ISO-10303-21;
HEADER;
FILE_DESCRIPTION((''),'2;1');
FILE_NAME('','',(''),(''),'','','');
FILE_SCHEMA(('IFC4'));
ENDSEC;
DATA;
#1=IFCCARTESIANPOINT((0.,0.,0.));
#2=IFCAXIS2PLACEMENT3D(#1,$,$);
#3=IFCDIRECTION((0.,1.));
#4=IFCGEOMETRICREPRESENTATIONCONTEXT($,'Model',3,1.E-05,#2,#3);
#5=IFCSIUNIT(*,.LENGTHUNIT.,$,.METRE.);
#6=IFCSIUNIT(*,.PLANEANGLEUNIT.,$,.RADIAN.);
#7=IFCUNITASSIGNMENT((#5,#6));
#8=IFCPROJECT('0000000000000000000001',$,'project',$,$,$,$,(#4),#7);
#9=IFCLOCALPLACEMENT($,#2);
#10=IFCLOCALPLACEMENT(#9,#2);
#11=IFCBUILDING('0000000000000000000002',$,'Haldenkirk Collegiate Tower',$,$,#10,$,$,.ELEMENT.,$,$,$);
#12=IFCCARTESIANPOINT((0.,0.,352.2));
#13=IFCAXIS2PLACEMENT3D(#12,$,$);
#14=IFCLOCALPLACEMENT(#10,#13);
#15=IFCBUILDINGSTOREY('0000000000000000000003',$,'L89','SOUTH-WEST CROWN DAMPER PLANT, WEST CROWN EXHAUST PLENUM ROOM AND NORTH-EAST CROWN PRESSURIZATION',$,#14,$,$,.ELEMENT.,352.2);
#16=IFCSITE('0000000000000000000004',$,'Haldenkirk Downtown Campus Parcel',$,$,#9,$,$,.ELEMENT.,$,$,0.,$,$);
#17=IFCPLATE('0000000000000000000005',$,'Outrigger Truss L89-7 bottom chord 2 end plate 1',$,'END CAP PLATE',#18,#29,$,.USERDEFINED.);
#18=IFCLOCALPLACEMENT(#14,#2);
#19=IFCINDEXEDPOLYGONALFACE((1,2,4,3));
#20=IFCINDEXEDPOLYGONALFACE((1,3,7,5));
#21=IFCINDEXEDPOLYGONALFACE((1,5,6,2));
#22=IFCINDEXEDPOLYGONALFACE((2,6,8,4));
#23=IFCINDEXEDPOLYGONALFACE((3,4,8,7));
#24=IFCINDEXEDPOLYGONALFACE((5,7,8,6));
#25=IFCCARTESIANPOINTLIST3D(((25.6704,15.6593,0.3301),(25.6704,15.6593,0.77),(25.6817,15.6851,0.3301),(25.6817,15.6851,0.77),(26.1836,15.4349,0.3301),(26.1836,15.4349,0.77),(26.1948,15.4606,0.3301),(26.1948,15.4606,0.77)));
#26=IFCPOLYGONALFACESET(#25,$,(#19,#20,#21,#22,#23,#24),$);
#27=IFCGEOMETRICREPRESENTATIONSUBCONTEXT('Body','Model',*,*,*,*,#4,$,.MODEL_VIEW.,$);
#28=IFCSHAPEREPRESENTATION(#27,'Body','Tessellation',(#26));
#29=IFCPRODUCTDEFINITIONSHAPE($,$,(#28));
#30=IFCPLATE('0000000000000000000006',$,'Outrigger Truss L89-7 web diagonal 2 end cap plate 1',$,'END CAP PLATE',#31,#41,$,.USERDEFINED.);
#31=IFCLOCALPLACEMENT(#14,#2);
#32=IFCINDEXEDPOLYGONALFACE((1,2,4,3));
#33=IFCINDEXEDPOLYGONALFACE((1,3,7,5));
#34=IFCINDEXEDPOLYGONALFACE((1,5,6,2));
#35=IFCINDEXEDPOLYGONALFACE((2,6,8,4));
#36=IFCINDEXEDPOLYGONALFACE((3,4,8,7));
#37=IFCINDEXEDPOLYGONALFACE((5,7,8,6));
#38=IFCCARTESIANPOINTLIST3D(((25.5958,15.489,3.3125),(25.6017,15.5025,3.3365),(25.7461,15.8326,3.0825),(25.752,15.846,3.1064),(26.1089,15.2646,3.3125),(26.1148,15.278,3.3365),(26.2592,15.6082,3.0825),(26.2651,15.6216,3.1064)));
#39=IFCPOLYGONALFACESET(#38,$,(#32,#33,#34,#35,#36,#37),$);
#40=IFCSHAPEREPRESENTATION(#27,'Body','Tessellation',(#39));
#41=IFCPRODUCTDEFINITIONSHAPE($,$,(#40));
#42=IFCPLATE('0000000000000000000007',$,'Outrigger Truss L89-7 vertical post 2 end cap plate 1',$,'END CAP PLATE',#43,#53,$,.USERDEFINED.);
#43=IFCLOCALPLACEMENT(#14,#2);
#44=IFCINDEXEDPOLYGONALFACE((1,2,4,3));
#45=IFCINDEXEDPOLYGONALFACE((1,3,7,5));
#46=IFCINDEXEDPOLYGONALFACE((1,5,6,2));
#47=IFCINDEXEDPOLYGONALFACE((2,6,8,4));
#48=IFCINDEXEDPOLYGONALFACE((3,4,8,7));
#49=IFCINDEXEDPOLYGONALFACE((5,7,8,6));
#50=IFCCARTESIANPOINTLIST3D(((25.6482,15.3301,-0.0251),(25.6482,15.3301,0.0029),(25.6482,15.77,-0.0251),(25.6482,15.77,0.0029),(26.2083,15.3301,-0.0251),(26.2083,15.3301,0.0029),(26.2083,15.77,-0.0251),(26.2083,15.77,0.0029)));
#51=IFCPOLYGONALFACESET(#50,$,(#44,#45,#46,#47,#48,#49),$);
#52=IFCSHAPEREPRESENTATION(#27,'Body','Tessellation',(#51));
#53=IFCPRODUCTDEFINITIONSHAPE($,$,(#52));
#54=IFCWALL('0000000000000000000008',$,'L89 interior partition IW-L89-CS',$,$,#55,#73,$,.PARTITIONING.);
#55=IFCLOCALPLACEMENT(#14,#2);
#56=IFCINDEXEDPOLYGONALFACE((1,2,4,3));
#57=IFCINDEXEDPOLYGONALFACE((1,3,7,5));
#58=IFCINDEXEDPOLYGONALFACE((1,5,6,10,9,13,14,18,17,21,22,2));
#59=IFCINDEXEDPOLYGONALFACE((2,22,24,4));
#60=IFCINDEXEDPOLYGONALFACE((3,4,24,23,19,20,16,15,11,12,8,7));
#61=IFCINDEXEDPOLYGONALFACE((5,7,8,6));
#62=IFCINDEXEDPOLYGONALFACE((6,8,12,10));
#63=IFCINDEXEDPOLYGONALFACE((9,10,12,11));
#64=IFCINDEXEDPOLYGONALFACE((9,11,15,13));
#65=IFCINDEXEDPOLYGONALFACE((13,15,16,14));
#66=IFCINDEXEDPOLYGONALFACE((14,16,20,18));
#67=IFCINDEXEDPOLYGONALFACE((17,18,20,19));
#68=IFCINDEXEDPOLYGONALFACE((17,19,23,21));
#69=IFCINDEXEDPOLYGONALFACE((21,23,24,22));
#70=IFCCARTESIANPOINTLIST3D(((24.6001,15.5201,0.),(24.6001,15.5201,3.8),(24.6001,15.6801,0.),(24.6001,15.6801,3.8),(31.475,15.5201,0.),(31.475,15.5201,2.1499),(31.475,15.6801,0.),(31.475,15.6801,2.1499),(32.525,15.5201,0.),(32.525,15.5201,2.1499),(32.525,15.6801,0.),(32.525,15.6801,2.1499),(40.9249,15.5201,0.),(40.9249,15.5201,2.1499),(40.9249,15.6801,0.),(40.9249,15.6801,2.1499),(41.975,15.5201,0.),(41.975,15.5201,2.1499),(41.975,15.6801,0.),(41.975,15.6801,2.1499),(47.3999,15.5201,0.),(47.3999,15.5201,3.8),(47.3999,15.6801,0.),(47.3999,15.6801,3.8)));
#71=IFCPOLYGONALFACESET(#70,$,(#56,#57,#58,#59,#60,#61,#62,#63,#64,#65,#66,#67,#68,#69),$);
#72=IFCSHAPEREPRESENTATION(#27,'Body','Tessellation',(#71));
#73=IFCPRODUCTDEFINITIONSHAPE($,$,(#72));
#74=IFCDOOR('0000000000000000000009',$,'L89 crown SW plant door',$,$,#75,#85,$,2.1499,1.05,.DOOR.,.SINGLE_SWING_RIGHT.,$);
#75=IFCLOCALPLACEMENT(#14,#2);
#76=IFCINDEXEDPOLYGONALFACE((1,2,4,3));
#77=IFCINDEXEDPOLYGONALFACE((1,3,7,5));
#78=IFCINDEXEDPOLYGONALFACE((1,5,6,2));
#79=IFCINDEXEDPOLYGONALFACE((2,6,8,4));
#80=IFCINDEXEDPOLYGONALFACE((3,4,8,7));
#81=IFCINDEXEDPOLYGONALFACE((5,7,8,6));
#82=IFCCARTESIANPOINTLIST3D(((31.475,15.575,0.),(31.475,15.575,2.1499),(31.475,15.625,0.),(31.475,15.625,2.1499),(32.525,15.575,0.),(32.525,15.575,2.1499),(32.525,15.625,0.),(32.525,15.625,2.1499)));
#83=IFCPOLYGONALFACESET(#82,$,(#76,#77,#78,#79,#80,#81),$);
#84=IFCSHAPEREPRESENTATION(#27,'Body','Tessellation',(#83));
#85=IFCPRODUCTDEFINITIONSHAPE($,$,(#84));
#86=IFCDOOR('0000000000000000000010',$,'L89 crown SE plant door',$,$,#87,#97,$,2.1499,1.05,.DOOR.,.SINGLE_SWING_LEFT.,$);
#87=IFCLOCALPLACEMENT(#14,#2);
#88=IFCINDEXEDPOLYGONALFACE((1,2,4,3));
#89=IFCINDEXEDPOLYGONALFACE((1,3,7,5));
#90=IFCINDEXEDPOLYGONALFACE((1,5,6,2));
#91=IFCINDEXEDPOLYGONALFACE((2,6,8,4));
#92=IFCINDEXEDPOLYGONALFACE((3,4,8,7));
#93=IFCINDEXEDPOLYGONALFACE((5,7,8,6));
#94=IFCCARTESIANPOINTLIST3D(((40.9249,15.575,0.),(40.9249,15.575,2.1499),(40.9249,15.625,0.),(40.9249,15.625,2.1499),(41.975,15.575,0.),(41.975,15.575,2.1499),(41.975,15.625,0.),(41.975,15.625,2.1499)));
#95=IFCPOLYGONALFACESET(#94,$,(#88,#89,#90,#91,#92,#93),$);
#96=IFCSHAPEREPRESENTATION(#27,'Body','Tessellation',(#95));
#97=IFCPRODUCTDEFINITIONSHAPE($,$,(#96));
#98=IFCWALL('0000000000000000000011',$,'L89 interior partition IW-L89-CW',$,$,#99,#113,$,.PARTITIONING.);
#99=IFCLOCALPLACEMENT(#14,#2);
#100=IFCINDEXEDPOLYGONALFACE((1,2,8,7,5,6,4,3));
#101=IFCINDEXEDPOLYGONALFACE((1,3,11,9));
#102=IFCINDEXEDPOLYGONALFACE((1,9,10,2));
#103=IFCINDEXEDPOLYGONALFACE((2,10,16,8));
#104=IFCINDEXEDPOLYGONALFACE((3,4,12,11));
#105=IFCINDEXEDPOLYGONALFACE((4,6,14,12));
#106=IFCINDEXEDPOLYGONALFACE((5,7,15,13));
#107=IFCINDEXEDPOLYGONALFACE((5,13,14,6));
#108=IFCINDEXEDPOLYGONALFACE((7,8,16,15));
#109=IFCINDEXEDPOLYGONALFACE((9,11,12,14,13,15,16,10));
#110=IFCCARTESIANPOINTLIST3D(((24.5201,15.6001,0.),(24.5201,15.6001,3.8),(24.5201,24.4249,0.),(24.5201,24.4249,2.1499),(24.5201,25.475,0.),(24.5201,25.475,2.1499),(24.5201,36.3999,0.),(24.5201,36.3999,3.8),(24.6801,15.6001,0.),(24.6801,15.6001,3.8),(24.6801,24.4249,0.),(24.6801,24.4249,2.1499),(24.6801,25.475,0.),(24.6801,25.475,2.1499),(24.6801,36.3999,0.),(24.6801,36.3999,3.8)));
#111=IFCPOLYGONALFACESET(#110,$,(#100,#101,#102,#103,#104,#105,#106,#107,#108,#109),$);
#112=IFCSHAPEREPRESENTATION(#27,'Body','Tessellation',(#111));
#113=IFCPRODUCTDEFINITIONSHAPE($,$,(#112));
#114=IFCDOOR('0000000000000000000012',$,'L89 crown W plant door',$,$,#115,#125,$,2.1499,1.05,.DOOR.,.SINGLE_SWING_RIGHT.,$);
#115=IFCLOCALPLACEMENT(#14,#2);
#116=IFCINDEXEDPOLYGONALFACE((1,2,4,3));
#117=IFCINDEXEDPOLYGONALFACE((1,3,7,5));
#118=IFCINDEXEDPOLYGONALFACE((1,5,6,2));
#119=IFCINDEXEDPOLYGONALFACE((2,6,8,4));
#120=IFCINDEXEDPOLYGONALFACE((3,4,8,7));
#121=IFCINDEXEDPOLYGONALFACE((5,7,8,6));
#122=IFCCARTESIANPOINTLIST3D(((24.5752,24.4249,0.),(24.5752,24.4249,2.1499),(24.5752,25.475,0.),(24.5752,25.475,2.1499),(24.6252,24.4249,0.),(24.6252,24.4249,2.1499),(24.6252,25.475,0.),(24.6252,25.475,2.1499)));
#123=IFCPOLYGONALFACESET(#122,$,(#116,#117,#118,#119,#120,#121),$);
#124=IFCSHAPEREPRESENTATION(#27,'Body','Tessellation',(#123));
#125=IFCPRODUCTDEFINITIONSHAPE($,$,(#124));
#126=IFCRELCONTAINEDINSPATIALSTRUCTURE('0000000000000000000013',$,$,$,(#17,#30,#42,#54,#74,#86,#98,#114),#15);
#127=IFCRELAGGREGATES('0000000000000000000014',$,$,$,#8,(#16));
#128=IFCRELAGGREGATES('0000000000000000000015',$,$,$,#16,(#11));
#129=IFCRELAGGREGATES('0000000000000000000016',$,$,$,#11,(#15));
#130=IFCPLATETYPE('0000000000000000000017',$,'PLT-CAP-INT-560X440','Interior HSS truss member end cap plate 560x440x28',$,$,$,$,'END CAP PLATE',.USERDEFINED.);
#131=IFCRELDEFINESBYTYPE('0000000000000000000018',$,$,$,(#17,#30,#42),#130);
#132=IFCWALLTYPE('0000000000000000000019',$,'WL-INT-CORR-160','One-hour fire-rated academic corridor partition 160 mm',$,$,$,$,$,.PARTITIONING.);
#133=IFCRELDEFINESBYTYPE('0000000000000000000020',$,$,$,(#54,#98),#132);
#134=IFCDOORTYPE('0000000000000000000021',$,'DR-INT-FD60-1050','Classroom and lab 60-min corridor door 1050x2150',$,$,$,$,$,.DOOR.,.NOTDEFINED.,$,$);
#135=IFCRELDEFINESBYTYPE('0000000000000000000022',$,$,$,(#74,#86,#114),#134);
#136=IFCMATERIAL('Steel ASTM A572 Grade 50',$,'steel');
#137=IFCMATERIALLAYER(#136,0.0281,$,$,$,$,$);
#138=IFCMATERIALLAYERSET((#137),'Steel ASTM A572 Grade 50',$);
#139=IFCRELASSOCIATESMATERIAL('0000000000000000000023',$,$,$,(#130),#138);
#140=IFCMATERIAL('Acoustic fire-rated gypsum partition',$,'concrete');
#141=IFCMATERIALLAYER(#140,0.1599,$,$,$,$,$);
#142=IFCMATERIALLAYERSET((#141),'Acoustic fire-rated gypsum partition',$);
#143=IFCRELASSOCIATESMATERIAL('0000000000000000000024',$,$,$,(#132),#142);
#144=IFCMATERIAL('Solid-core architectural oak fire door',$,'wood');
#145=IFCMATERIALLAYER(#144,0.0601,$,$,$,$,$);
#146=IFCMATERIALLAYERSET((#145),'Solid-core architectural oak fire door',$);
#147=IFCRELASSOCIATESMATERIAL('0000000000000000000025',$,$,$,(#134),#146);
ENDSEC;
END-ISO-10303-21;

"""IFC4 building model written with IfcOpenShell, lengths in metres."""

from ifc_helpers import new_model, si_unit, direction, frame, frame_2d, origin, origin_2d, place, context, subcontext, project, spatial, rectangle, extrude, source, transform, mapped, material, layer, layer_set, type_object, element, fill, save


model = new_model("IFC4")

# Units and contexts
model_context = context("Model", 3, precision=1e-05, world=origin(), true_north=direction((0.0, 1.0)))
body_context = subcontext(model_context, "Body", "Model", "MODEL_VIEW")
ifc_project = project(units=[si_unit("LENGTHUNIT", "METRE"), si_unit("PLANEANGLEUNIT", "RADIAN")], contexts=[model_context])

# Site, building, storey
site_placement = place(None, origin())
site = spatial("IfcSite", under=ifc_project, at=site_placement, Name="Haldenkirk Downtown Campus Parcel", CompositionType="ELEMENT", RefElevation=0.0)
building_placement = place(site_placement, origin())
building = spatial("IfcBuilding", under=site, at=building_placement, Name="Haldenkirk Collegiate Tower", CompositionType="ELEMENT")
storey_placement = place(building_placement, frame((0.0, 0.0, 352.2)))
storey = spatial("IfcBuildingStorey", under=building, at=storey_placement, Name="L89", Description="SOUTH-WEST CROWN DAMPER PLANT, WEST CROWN EXHAUST PLENUM ROOM AND NORTH-EAST CROWN PRESSURIZATION", CompositionType="ELEMENT", Elevation=352.2)

# Shared definitions
ifc_material_1 = material(Name="Steel ASTM A572 Grade 50", Category="steel")

# Plates
ifc_layer_1 = layer(ifc_material_1, 0.0281)
ifc_layer_set_1 = layer_set([ifc_layer_1], Name="Steel ASTM A572 Grade 50")
plate_type = type_object("IfcPlateType", Name="PLT-CAP-INT-560X440", Description="Interior HSS truss member end cap plate 560x440x28", ElementType="END CAP PLATE", PredefinedType="USERDEFINED", material=ifc_layer_set_1)
shared_shape = source(origin(), body_context, "Body", "SweptSolid", [
    extrude(rectangle(XDim=0.5601, YDim=0.4399, at=origin_2d()), origin(), (0.0, 0.0, 1.0), 0.0281),
])
for number, where, z_axis, x_axis, name in (
    (1, (25.927, 15.5471, 0.55), (0.400763, 0.916182, 0.0), (-0.916182, 0.400763, 0.0), "Outrigger Truss L89-7 bottom chord 2 end plate 1"),
    (2, (25.9275, 15.5486, 3.1975), (0.209532, 0.479055, 0.85241), (-0.916195, 0.400732, 0.0), "Outrigger Truss L89-7 web diagonal 2 end cap plate 1"),
    (3, (25.9282, 15.55, 0.0029), (0.0, 0.0, -1.0), (1.0, 0.0, 0.0), "Outrigger Truss L89-7 vertical post 2 end cap plate 1"),
):
    element("IfcPlate", number, at=place(storey_placement, frame(where, z_axis=z_axis, x_axis=x_axis)), inside=storey, type_object=plate_type, Name=name, ObjectType="END CAP PLATE", PredefinedType="USERDEFINED", context=body_context, shape_type="MappedRepresentation", body=[
        mapped(shared_shape, transform((0.0, 0.0, 0.0), x_axis=(1.0, 0.0, 0.0), y_axis=(0.0, 1.0, 0.0), z_axis=(0.0, 0.0, 1.0), scale=1.0)),
    ])

# Wall, openings, doors
ifc_material_2 = material(Name="Acoustic fire-rated gypsum partition", Category="concrete")
ifc_layer_2 = layer(ifc_material_2, 0.1599)
ifc_layer_set_2 = layer_set([ifc_layer_2], Name="Acoustic fire-rated gypsum partition")
wall_type_1 = type_object("IfcWallType", Name="WL-INT-CORR-160", Description="One-hour fire-rated academic corridor partition 160 mm", PredefinedType="PARTITIONING", material=ifc_layer_set_2)
wall_1_placement = place(storey_placement, frame((24.6001, 15.6001, 0.0), z_axis=(0.0, 0.0, 1.0), x_axis=(1.0, 0.0, 0.0)))
wall_1 = element("IfcWall", 4, at=wall_1_placement, inside=storey, type_object=wall_type_1, Name="L89 interior partition IW-L89-CS", PredefinedType="PARTITIONING", context=body_context, shape_type="SweptSolid", body=[
    extrude(rectangle(XDim=22.7998, YDim=0.1599, at=frame_2d((11.3999, 0.0))), origin(), (0.0, 0.0, 1.0), 3.8),
])
opening_1_placement = place(wall_1_placement, frame((6.875, 0.0, 0.0)))
opening_1 = element("IfcOpeningElement", 5, at=opening_1_placement, cuts=wall_1, PredefinedType="OPENING", context=body_context, shape_type="SweptSolid", body=[
    extrude(rectangle(XDim=1.05, YDim=2.1499, at=frame_2d((0.5249, 1.075))), frame((0.0, 0.0898, 0.0), z_axis=(0.0, -1.0, 0.0), x_axis=(1.0, 0.0, 0.0)), (0.0, 0.0, 1.0), 0.1799),
])
opening_2_placement = place(wall_1_placement, frame((16.325, 0.0, 0.0)))
opening_2 = element("IfcOpeningElement", 6, at=opening_2_placement, cuts=wall_1, PredefinedType="OPENING", context=body_context, shape_type="SweptSolid", body=[
    extrude(rectangle(XDim=1.05, YDim=2.1499, at=frame_2d((0.5249, 1.075))), frame((0.0, 0.0898, 0.0), z_axis=(0.0, -1.0, 0.0), x_axis=(1.0, 0.0, 0.0)), (0.0, 0.0, 1.0), 0.1799),
])
ifc_material_3 = material(Name="Solid-core architectural oak fire door", Category="wood")
ifc_layer_3 = layer(ifc_material_3, 0.0601)
ifc_layer_set_3 = layer_set([ifc_layer_3], Name="Solid-core architectural oak fire door")
door_type_1 = type_object("IfcDoorType", Name="DR-INT-FD60-1050", Description="Classroom and lab 60-min corridor door 1050x2150", OperationType="NOTDEFINED", PredefinedType="DOOR", material=ifc_layer_set_3)
door_1_placement = place(opening_1_placement, origin())
door_1 = element("IfcDoor", 7, at=door_1_placement, inside=storey, type_object=door_type_1, Name="L89 crown SW plant door", OperationType="SINGLE_SWING_RIGHT", OverallHeight=2.1499, OverallWidth=1.05, PredefinedType="DOOR", context=body_context, shape_type="SweptSolid", body=[
    extrude(rectangle(XDim=1.05, YDim=2.1499, at=frame_2d((0.5249, 1.075))), frame((0.0, 0.0249, 0.0), z_axis=(0.0, -1.0, 0.0), x_axis=(1.0, 0.0, 0.0)), (0.0, 0.0, 1.0), 0.05),
])
fill(opening_1, door_1)
door_2_placement = place(opening_2_placement, origin())
door_2 = element("IfcDoor", 8, at=door_2_placement, inside=storey, type_object=door_type_1, Name="L89 crown SE plant door", OperationType="SINGLE_SWING_LEFT", OverallHeight=2.1499, OverallWidth=1.05, PredefinedType="DOOR", context=body_context, shape_type="SweptSolid", body=[
    extrude(rectangle(XDim=1.05, YDim=2.1499, at=frame_2d((0.5249, 1.075))), frame((0.0, 0.0249, 0.0), z_axis=(0.0, -1.0, 0.0), x_axis=(1.0, 0.0, 0.0)), (0.0, 0.0, 1.0), 0.05),
])
fill(opening_2, door_2)

# Wall, opening, door
wall_2_placement = place(storey_placement, frame((24.6001, 15.6001, 0.0), z_axis=(0.0, 0.0, 1.0), x_axis=(0.0, 1.0, 0.0)))
wall_2 = element("IfcWall", 9, at=wall_2_placement, inside=storey, type_object=wall_type_1, Name="L89 interior partition IW-L89-CW", PredefinedType="PARTITIONING", context=body_context, shape_type="SweptSolid", body=[
    extrude(rectangle(XDim=20.7998, YDim=0.1599, at=frame_2d((10.3999, 0.0))), origin(), (0.0, 0.0, 1.0), 3.8),
])
opening_3_placement = place(wall_2_placement, frame((8.825, 0.0, 0.0)))
opening_3 = element("IfcOpeningElement", 10, at=opening_3_placement, cuts=wall_2, PredefinedType="OPENING", context=body_context, shape_type="SweptSolid", body=[
    extrude(rectangle(XDim=1.05, YDim=2.1499, at=frame_2d((0.5249, 1.075))), frame((0.0, 0.0898, 0.0), z_axis=(0.0, -1.0, 0.0), x_axis=(1.0, 0.0, 0.0)), (0.0, 0.0, 1.0), 0.1799),
])
door_3_placement = place(opening_3_placement, origin())
door_3 = element("IfcDoor", 11, at=door_3_placement, inside=storey, type_object=door_type_1, Name="L89 crown W plant door", OperationType="SINGLE_SWING_RIGHT", OverallHeight=2.1499, OverallWidth=1.05, PredefinedType="DOOR", context=body_context, shape_type="SweptSolid", body=[
    extrude(rectangle(XDim=1.05, YDim=2.1499, at=frame_2d((0.5249, 1.075))), frame((0.0, 0.0249, 0.0), z_axis=(0.0, -1.0, 0.0), x_axis=(1.0, 0.0, 0.0)), (0.0, 0.0, 1.0), 0.05),
])
fill(opening_3, door_3)

save(model, "model.ifc")
